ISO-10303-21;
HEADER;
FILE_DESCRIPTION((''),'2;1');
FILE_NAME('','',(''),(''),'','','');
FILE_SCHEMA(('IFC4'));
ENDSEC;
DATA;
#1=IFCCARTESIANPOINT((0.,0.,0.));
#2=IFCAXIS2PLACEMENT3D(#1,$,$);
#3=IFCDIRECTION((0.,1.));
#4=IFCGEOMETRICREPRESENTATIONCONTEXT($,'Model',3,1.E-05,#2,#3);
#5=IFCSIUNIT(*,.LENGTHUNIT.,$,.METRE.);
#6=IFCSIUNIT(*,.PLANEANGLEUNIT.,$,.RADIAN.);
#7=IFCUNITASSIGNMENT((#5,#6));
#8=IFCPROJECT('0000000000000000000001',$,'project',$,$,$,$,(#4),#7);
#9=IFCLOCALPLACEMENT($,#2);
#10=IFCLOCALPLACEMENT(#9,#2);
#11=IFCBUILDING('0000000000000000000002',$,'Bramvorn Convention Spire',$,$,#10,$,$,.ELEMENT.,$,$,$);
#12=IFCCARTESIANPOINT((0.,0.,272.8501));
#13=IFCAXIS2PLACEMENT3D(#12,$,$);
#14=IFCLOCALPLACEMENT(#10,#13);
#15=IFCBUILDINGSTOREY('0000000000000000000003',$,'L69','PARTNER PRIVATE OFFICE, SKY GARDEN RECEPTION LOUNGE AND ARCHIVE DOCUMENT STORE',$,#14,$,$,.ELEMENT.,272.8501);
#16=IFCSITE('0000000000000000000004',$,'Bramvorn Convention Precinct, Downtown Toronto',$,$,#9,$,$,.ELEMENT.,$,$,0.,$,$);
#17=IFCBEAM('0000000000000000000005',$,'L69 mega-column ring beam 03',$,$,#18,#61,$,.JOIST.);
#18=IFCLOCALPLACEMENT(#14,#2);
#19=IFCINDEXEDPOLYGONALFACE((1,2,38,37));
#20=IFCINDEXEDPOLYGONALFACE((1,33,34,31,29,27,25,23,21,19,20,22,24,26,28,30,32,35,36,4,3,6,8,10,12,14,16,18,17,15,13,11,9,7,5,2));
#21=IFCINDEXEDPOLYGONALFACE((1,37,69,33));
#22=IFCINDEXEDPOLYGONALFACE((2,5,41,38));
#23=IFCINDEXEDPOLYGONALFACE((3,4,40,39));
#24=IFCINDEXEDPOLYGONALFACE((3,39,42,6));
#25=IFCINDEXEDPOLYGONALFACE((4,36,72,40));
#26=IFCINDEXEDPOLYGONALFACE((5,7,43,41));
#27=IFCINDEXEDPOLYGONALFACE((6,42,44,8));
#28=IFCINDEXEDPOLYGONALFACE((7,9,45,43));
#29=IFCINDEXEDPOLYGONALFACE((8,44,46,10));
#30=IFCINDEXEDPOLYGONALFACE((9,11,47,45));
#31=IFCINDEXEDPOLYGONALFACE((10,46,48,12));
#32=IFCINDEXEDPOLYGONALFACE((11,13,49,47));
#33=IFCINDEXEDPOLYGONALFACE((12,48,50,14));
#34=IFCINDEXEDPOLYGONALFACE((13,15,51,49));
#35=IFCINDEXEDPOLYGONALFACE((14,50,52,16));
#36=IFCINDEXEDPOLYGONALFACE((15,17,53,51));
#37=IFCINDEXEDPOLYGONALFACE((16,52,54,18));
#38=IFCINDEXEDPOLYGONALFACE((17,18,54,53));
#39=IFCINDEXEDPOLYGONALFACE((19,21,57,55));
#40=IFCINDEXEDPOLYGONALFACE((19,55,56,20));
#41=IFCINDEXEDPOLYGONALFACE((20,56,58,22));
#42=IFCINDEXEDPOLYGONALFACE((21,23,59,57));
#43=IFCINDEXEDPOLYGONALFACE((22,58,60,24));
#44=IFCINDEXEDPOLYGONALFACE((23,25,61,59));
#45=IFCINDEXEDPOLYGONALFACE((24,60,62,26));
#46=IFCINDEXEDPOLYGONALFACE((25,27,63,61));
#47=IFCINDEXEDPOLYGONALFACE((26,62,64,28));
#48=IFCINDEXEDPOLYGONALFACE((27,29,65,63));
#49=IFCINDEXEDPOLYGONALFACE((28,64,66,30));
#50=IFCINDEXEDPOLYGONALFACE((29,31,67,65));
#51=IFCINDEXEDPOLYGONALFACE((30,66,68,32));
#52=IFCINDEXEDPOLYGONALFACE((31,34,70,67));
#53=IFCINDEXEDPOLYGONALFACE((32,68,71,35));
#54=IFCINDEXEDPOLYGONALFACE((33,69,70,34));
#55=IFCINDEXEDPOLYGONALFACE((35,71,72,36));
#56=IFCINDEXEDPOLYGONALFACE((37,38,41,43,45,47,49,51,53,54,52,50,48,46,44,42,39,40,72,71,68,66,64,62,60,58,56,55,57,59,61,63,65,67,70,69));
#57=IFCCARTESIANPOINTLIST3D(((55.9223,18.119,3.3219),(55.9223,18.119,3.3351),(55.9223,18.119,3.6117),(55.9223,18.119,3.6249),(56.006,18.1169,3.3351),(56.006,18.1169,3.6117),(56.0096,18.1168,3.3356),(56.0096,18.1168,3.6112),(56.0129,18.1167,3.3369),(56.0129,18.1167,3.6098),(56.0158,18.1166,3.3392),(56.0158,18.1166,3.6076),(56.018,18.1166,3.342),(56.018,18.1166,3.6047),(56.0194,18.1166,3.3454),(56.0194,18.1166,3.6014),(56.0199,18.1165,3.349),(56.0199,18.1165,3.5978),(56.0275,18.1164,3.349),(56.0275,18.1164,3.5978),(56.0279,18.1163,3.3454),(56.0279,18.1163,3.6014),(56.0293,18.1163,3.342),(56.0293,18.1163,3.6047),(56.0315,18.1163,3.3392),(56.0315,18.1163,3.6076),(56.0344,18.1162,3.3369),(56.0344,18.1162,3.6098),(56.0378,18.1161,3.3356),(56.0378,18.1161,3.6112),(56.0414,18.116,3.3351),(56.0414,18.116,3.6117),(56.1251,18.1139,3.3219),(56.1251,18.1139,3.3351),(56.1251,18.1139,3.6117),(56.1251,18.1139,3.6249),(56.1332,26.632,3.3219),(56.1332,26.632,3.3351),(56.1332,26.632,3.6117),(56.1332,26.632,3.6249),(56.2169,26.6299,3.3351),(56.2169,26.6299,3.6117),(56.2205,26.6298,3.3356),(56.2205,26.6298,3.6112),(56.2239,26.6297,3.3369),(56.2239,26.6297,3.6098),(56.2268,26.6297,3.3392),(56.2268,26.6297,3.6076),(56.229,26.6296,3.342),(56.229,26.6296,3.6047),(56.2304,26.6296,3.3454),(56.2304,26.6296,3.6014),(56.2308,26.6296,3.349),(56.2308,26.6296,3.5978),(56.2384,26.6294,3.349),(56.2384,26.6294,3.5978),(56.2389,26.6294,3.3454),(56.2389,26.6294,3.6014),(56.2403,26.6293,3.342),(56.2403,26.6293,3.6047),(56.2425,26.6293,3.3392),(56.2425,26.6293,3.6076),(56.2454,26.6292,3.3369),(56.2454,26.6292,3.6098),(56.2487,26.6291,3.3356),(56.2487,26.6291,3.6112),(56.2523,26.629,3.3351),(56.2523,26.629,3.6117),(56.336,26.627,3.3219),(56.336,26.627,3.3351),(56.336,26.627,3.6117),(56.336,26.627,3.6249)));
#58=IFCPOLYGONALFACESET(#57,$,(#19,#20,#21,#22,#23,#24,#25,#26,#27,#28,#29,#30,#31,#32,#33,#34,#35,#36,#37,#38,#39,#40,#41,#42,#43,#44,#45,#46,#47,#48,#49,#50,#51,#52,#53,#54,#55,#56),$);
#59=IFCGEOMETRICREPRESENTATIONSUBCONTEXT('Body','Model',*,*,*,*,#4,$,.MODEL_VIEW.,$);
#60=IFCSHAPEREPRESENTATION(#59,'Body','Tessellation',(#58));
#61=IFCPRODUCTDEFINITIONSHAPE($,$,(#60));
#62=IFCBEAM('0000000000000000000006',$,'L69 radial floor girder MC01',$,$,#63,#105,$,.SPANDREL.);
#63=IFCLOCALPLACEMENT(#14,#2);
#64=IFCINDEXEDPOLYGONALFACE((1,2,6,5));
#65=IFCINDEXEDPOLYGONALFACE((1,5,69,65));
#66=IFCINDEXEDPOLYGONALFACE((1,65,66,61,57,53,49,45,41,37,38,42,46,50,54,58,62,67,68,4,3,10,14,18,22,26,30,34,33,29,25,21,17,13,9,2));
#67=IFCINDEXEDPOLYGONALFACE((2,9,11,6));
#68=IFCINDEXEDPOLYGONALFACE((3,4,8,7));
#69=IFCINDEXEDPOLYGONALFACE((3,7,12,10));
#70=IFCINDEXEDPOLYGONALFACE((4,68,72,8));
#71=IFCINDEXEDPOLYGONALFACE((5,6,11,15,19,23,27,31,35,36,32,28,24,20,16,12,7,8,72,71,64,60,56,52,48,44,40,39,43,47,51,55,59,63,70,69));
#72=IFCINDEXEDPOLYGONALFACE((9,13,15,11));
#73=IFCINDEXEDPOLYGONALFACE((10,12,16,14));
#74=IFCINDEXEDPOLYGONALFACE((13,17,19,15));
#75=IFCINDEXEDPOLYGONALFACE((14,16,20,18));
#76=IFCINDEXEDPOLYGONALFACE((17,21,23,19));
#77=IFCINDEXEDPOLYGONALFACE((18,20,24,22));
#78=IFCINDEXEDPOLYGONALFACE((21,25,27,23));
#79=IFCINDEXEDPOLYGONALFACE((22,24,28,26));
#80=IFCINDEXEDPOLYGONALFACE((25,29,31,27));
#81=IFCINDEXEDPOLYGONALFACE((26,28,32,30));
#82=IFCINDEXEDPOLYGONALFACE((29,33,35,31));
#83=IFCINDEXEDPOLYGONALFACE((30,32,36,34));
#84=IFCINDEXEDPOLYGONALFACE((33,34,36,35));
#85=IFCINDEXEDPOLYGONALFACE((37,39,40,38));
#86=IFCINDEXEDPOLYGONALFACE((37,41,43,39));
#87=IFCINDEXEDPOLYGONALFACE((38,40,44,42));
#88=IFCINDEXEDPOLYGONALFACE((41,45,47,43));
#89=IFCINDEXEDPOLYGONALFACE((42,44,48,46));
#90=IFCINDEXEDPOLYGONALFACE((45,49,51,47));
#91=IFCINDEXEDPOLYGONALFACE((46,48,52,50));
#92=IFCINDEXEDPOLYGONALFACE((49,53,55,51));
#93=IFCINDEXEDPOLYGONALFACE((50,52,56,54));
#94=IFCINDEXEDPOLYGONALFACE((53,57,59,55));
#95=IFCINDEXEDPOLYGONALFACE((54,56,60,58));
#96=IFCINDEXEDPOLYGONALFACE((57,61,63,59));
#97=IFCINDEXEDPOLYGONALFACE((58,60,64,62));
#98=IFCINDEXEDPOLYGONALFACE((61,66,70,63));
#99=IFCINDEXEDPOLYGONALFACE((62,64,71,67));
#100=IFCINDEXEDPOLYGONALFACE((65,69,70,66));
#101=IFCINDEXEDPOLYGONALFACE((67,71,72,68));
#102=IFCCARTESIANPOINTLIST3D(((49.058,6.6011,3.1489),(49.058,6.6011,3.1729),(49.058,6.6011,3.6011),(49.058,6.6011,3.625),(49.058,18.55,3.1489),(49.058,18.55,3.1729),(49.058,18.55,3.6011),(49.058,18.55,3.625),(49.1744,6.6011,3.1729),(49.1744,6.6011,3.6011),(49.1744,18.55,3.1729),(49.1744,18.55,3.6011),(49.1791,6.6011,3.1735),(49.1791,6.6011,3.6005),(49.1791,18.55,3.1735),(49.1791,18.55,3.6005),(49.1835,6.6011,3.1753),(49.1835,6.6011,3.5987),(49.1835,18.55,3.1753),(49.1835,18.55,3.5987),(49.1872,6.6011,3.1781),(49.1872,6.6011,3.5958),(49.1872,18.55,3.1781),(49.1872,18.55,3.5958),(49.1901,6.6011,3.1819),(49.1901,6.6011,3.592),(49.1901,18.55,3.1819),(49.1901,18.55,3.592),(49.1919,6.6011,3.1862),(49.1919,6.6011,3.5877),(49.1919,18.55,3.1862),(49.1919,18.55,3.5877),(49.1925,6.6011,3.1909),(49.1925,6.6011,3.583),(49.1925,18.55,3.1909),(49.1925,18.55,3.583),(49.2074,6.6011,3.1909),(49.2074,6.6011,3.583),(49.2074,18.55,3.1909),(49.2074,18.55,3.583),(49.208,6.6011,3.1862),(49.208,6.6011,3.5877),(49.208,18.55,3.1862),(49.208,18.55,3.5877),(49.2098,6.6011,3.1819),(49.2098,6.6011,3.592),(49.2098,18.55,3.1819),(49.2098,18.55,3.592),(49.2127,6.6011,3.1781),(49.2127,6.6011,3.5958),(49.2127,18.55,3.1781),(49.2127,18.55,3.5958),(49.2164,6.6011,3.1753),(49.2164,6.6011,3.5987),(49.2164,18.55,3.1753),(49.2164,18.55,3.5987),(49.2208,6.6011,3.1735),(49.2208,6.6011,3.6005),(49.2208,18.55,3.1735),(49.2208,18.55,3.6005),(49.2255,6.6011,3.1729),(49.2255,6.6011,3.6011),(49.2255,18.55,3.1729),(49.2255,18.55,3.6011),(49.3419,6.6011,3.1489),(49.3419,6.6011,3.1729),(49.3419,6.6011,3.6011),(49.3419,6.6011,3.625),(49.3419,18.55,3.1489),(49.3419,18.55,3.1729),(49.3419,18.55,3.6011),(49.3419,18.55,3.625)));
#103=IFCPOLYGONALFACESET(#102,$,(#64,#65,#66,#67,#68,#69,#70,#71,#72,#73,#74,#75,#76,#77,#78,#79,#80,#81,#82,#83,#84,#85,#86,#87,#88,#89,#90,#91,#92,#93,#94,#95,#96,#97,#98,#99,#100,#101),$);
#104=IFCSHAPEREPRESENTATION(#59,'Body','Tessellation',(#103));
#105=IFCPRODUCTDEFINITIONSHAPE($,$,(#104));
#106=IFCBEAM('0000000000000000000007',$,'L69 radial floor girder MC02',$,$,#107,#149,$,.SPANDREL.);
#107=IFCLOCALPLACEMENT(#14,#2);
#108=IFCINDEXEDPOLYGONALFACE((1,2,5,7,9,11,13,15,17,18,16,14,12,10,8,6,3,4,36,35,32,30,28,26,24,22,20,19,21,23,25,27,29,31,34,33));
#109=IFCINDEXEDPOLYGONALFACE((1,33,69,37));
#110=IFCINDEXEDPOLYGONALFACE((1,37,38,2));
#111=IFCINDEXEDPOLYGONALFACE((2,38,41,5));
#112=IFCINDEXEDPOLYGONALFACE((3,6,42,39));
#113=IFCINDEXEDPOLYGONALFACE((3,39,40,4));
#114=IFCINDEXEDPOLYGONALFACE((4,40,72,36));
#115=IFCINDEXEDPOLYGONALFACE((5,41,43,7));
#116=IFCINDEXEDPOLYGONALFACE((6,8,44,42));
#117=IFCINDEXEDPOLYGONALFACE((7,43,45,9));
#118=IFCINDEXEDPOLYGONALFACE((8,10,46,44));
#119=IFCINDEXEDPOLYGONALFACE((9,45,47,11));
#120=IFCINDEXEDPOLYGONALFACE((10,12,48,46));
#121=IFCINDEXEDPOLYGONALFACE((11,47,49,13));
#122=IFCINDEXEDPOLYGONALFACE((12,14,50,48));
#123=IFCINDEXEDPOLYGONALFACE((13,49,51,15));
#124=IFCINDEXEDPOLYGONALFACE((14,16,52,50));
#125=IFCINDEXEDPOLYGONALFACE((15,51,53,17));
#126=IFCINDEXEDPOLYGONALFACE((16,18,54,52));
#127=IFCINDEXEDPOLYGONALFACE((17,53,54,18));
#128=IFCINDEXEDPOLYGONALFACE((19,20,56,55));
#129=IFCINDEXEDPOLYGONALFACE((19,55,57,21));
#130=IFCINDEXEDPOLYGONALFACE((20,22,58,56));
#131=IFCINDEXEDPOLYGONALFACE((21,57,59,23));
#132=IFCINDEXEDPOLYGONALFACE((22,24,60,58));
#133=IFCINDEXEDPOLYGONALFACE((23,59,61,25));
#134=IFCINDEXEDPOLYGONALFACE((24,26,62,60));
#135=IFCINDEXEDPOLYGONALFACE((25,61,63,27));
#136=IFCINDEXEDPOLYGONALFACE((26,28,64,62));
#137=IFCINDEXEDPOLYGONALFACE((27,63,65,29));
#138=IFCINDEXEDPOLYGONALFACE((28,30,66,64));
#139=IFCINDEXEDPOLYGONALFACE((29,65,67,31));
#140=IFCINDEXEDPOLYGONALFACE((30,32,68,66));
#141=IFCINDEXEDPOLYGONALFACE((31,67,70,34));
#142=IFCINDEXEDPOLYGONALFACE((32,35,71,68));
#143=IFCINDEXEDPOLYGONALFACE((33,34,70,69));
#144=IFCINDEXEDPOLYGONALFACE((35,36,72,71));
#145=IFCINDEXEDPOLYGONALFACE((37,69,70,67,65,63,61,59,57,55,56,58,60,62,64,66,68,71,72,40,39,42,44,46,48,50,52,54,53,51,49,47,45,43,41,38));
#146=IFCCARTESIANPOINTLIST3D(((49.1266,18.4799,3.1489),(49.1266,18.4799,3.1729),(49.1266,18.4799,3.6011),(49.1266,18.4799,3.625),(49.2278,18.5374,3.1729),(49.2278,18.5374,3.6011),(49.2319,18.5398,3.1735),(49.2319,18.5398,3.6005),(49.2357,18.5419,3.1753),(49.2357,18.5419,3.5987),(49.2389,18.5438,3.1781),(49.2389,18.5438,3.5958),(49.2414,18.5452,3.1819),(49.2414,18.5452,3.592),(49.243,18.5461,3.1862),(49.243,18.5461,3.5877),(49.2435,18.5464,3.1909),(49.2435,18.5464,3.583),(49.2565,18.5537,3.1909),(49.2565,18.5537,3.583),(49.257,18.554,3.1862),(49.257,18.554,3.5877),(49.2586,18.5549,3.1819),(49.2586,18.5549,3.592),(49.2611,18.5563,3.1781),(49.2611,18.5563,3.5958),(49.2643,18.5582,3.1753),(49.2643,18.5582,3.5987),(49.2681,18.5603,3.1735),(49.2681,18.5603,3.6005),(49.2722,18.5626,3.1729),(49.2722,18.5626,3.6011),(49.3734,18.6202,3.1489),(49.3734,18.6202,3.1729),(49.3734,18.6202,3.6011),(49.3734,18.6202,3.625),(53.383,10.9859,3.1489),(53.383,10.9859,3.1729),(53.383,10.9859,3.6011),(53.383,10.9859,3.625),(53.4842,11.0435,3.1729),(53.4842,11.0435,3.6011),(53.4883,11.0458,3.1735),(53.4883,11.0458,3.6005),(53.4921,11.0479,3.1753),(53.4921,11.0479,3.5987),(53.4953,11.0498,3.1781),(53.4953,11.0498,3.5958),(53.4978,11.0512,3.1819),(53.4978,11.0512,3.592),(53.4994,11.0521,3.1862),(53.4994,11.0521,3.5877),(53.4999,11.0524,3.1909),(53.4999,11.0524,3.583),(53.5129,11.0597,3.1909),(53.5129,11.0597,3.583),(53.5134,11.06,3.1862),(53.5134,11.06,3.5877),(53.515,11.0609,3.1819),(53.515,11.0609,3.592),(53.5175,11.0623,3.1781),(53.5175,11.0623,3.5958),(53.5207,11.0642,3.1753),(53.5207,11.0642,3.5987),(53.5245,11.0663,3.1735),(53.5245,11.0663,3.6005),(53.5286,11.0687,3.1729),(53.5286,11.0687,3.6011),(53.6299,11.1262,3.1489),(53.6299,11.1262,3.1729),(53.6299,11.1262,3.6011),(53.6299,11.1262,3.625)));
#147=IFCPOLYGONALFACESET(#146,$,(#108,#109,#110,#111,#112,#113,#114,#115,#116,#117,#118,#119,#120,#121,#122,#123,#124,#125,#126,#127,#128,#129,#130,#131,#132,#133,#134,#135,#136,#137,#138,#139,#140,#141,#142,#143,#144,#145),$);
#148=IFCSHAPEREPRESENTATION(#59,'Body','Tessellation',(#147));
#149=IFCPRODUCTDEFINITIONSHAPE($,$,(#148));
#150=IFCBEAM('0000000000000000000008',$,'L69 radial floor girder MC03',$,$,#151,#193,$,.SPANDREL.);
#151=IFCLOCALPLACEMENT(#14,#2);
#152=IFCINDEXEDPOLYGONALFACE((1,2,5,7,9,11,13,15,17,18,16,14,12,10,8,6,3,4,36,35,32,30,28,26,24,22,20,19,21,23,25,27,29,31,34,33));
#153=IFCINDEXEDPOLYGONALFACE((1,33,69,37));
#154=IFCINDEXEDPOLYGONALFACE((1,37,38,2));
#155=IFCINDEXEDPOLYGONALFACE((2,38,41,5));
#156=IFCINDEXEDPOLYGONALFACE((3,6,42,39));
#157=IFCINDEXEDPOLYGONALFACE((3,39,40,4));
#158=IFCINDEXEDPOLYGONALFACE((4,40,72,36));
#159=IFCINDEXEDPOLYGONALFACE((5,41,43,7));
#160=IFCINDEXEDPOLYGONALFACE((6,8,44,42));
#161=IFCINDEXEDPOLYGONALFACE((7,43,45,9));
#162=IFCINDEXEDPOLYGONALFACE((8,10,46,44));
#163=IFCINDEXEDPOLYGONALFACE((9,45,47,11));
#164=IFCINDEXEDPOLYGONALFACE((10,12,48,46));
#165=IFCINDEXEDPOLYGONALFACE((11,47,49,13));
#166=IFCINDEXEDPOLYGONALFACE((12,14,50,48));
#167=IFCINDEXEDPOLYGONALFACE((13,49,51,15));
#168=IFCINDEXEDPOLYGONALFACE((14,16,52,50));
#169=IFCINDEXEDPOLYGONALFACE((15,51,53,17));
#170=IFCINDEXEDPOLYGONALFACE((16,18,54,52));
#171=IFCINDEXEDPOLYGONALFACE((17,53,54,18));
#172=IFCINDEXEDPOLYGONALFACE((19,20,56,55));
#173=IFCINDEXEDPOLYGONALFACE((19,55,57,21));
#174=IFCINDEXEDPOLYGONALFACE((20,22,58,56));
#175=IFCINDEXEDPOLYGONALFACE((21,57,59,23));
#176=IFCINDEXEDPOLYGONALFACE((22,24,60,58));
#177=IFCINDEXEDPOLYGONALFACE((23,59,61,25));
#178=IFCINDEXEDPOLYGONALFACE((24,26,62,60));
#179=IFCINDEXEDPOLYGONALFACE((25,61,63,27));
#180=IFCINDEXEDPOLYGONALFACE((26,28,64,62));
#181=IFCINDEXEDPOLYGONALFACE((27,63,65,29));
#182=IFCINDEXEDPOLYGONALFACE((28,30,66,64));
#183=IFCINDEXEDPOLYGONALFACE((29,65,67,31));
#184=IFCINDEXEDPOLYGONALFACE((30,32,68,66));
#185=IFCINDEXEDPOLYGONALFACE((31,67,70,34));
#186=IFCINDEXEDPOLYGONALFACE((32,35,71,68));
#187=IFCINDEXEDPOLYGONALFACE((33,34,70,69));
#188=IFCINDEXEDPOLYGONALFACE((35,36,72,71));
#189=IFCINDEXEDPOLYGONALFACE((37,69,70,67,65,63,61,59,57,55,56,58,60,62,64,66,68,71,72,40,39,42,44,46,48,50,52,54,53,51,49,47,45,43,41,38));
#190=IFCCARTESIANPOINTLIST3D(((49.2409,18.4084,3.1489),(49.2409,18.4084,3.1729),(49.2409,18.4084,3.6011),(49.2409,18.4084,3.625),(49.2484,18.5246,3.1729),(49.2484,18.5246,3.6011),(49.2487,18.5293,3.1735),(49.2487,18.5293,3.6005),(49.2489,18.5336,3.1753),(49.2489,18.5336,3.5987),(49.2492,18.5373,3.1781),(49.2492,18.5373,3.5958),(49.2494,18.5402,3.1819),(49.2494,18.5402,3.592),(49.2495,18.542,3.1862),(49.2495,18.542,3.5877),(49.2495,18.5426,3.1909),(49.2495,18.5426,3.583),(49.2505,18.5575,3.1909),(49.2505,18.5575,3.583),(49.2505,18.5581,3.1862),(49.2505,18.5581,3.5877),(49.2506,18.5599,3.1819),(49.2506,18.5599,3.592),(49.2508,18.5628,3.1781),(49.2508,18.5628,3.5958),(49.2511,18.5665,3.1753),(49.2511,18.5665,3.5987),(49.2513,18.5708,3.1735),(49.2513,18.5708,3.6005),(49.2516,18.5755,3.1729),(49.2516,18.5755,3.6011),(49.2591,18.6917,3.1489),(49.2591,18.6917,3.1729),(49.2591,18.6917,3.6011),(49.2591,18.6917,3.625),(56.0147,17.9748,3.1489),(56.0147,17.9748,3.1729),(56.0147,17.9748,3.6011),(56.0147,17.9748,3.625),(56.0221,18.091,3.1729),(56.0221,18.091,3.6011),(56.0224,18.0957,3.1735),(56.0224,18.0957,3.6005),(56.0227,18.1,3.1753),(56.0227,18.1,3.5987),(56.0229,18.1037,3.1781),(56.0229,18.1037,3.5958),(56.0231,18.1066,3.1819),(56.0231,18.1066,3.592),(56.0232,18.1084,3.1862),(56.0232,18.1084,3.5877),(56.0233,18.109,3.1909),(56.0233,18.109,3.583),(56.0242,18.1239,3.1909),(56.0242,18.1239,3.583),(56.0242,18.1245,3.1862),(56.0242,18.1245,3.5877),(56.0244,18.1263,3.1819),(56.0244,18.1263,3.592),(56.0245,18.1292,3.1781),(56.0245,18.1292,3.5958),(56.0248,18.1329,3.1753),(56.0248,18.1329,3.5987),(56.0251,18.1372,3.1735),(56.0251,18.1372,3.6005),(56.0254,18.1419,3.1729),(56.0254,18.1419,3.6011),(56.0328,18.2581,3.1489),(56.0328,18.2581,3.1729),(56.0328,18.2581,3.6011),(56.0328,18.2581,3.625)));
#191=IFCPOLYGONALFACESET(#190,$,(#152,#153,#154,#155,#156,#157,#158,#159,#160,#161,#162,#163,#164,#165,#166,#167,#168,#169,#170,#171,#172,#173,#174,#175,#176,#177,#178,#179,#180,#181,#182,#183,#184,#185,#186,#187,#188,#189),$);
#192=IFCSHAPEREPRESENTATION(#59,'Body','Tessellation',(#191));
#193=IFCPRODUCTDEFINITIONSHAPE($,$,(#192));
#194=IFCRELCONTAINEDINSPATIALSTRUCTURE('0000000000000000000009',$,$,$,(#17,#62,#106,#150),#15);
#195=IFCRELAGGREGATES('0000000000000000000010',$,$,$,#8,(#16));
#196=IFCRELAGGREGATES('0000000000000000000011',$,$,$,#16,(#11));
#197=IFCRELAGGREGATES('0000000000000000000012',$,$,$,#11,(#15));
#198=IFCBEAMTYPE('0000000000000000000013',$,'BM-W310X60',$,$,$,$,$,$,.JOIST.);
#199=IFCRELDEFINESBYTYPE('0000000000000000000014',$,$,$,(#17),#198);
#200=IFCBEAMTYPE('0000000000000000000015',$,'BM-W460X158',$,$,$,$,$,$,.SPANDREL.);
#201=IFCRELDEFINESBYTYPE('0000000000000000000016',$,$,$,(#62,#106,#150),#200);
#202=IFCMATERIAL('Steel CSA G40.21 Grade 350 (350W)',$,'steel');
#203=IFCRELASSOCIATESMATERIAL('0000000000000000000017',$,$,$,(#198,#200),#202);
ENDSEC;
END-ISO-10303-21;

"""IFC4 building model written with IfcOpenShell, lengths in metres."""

from ifc_helpers import new_model, si_unit, direction, frame, origin, origin_2d, place, context, subcontext, project, spatial, i_section, extrude, material, material_profile, profile_set, type_object, element, save


model = new_model("IFC4")

# Units and contexts
model_context = context("Model", 3, precision=1e-05, world=origin(), true_north=direction((0.0, 1.0)))
body_context = subcontext(model_context, "Body", "Model", "MODEL_VIEW")
ifc_project = project(units=[si_unit("LENGTHUNIT", "METRE"), si_unit("PLANEANGLEUNIT", "RADIAN")], contexts=[model_context])

# Site, building, storey
site_placement = place(None, origin())
site = spatial("IfcSite", under=ifc_project, at=site_placement, Name="Bramvorn Convention Precinct, Downtown Toronto", CompositionType="ELEMENT", RefElevation=0.0)
building_placement = place(site_placement, origin())
building = spatial("IfcBuilding", under=site, at=building_placement, Name="Bramvorn Convention Spire", CompositionType="ELEMENT")
storey_placement = place(building_placement, frame((0.0, 0.0, 272.8501)))
storey = spatial("IfcBuildingStorey", under=building, at=storey_placement, Name="L69", Description="PARTNER PRIVATE OFFICE, SKY GARDEN RECEPTION LOUNGE AND ARCHIVE DOCUMENT STORE", CompositionType="ELEMENT", Elevation=272.8501)

# Shared definitions
ifc_material_1 = material(Name="Steel CSA G40.21 Grade 350 (350W)", Category="steel")

# Beams
ifc_material_profile_1 = material_profile(ifc_material_1, i_section(OverallWidth=0.2029, OverallDepth=0.303, WebThickness=0.0076, FlangeThickness=0.0132, FilletRadius=0.0139, at=origin_2d()))
ifc_profile_set_1 = profile_set([ifc_material_profile_1], Name="Steel CSA G40.21 Grade 350 (350W) - W310X60")
beam_type_1 = type_object("IfcBeamType", Name="BM-W310X60", PredefinedType="JOIST", material=ifc_profile_set_1)
beam_1_placement = place(storey_placement, frame((56.0237, 18.1165, 3.4734), z_axis=(0.024771, 0.999693, 0.0), x_axis=(-0.999693, 0.024771, 0.0)))
element("IfcBeam", 1, at=beam_1_placement, inside=storey, type_object=beam_type_1, Name="L69 mega-column ring beam 03", PredefinedType="JOIST", context=body_context, shape_type="SweptSolid", body=[
    extrude(i_section(OverallWidth=0.2029, OverallDepth=0.303, WebThickness=0.0076, FlangeThickness=0.0132, FilletRadius=0.0139, at=origin_2d()), origin(), (0.0, 0.0, 1.0), 8.5156),
])
ifc_material_profile_2 = material_profile(ifc_material_1, i_section(OverallWidth=0.2839, OverallDepth=0.4761, WebThickness=0.0149, FlangeThickness=0.0239, FilletRadius=0.0181, at=origin_2d()))
ifc_profile_set_2 = profile_set([ifc_material_profile_2], Name="Steel CSA G40.21 Grade 350 (350W) - W460X158")
beam_type_2 = type_object("IfcBeamType", Name="BM-W460X158", PredefinedType="SPANDREL", material=ifc_profile_set_2)
beam_2_placement = place(storey_placement, frame((49.2, 18.55, 3.387), z_axis=(0.0, -1.0, 0.0), x_axis=(1.0, 0.0, 0.0)))
element("IfcBeam", 2, at=beam_2_placement, inside=storey, type_object=beam_type_2, Name="L69 radial floor girder MC01", PredefinedType="SPANDREL", context=body_context, shape_type="SweptSolid", body=[
    extrude(i_section(OverallWidth=0.2839, OverallDepth=0.4761, WebThickness=0.0149, FlangeThickness=0.0239, FilletRadius=0.0181, at=origin_2d()), origin(), (0.0, 0.0, 1.0), 11.949),
])
beam_3_placement = place(storey_placement, frame((49.25, 18.55, 3.387), z_axis=(0.493874, -0.869534, 0.0), x_axis=(0.869534, 0.493874, 0.0)))
element("IfcBeam", 3, at=beam_3_placement, inside=storey, type_object=beam_type_2, Name="L69 radial floor girder MC02", PredefinedType="SPANDREL", context=body_context, shape_type="SweptSolid", body=[
    extrude(i_section(OverallWidth=0.2839, OverallDepth=0.4761, WebThickness=0.0149, FlangeThickness=0.0239, FilletRadius=0.0181, at=origin_2d()), origin(), (0.0, 0.0, 1.0), 8.6184),
])
beam_4_placement = place(storey_placement, frame((49.25, 18.55, 3.387), z_axis=(0.997958, -0.063881, 0.0), x_axis=(0.063881, 0.997958, 0.0)))
element("IfcBeam", 4, at=beam_4_placement, inside=storey, type_object=beam_type_2, Name="L69 radial floor girder MC03", PredefinedType="SPANDREL", context=body_context, shape_type="SweptSolid", body=[
    extrude(i_section(OverallWidth=0.2839, OverallDepth=0.4761, WebThickness=0.0149, FlangeThickness=0.0239, FilletRadius=0.0181, at=origin_2d()), origin(), (0.0, 0.0, 1.0), 6.7876),
])

save(model, "model.ifc")
